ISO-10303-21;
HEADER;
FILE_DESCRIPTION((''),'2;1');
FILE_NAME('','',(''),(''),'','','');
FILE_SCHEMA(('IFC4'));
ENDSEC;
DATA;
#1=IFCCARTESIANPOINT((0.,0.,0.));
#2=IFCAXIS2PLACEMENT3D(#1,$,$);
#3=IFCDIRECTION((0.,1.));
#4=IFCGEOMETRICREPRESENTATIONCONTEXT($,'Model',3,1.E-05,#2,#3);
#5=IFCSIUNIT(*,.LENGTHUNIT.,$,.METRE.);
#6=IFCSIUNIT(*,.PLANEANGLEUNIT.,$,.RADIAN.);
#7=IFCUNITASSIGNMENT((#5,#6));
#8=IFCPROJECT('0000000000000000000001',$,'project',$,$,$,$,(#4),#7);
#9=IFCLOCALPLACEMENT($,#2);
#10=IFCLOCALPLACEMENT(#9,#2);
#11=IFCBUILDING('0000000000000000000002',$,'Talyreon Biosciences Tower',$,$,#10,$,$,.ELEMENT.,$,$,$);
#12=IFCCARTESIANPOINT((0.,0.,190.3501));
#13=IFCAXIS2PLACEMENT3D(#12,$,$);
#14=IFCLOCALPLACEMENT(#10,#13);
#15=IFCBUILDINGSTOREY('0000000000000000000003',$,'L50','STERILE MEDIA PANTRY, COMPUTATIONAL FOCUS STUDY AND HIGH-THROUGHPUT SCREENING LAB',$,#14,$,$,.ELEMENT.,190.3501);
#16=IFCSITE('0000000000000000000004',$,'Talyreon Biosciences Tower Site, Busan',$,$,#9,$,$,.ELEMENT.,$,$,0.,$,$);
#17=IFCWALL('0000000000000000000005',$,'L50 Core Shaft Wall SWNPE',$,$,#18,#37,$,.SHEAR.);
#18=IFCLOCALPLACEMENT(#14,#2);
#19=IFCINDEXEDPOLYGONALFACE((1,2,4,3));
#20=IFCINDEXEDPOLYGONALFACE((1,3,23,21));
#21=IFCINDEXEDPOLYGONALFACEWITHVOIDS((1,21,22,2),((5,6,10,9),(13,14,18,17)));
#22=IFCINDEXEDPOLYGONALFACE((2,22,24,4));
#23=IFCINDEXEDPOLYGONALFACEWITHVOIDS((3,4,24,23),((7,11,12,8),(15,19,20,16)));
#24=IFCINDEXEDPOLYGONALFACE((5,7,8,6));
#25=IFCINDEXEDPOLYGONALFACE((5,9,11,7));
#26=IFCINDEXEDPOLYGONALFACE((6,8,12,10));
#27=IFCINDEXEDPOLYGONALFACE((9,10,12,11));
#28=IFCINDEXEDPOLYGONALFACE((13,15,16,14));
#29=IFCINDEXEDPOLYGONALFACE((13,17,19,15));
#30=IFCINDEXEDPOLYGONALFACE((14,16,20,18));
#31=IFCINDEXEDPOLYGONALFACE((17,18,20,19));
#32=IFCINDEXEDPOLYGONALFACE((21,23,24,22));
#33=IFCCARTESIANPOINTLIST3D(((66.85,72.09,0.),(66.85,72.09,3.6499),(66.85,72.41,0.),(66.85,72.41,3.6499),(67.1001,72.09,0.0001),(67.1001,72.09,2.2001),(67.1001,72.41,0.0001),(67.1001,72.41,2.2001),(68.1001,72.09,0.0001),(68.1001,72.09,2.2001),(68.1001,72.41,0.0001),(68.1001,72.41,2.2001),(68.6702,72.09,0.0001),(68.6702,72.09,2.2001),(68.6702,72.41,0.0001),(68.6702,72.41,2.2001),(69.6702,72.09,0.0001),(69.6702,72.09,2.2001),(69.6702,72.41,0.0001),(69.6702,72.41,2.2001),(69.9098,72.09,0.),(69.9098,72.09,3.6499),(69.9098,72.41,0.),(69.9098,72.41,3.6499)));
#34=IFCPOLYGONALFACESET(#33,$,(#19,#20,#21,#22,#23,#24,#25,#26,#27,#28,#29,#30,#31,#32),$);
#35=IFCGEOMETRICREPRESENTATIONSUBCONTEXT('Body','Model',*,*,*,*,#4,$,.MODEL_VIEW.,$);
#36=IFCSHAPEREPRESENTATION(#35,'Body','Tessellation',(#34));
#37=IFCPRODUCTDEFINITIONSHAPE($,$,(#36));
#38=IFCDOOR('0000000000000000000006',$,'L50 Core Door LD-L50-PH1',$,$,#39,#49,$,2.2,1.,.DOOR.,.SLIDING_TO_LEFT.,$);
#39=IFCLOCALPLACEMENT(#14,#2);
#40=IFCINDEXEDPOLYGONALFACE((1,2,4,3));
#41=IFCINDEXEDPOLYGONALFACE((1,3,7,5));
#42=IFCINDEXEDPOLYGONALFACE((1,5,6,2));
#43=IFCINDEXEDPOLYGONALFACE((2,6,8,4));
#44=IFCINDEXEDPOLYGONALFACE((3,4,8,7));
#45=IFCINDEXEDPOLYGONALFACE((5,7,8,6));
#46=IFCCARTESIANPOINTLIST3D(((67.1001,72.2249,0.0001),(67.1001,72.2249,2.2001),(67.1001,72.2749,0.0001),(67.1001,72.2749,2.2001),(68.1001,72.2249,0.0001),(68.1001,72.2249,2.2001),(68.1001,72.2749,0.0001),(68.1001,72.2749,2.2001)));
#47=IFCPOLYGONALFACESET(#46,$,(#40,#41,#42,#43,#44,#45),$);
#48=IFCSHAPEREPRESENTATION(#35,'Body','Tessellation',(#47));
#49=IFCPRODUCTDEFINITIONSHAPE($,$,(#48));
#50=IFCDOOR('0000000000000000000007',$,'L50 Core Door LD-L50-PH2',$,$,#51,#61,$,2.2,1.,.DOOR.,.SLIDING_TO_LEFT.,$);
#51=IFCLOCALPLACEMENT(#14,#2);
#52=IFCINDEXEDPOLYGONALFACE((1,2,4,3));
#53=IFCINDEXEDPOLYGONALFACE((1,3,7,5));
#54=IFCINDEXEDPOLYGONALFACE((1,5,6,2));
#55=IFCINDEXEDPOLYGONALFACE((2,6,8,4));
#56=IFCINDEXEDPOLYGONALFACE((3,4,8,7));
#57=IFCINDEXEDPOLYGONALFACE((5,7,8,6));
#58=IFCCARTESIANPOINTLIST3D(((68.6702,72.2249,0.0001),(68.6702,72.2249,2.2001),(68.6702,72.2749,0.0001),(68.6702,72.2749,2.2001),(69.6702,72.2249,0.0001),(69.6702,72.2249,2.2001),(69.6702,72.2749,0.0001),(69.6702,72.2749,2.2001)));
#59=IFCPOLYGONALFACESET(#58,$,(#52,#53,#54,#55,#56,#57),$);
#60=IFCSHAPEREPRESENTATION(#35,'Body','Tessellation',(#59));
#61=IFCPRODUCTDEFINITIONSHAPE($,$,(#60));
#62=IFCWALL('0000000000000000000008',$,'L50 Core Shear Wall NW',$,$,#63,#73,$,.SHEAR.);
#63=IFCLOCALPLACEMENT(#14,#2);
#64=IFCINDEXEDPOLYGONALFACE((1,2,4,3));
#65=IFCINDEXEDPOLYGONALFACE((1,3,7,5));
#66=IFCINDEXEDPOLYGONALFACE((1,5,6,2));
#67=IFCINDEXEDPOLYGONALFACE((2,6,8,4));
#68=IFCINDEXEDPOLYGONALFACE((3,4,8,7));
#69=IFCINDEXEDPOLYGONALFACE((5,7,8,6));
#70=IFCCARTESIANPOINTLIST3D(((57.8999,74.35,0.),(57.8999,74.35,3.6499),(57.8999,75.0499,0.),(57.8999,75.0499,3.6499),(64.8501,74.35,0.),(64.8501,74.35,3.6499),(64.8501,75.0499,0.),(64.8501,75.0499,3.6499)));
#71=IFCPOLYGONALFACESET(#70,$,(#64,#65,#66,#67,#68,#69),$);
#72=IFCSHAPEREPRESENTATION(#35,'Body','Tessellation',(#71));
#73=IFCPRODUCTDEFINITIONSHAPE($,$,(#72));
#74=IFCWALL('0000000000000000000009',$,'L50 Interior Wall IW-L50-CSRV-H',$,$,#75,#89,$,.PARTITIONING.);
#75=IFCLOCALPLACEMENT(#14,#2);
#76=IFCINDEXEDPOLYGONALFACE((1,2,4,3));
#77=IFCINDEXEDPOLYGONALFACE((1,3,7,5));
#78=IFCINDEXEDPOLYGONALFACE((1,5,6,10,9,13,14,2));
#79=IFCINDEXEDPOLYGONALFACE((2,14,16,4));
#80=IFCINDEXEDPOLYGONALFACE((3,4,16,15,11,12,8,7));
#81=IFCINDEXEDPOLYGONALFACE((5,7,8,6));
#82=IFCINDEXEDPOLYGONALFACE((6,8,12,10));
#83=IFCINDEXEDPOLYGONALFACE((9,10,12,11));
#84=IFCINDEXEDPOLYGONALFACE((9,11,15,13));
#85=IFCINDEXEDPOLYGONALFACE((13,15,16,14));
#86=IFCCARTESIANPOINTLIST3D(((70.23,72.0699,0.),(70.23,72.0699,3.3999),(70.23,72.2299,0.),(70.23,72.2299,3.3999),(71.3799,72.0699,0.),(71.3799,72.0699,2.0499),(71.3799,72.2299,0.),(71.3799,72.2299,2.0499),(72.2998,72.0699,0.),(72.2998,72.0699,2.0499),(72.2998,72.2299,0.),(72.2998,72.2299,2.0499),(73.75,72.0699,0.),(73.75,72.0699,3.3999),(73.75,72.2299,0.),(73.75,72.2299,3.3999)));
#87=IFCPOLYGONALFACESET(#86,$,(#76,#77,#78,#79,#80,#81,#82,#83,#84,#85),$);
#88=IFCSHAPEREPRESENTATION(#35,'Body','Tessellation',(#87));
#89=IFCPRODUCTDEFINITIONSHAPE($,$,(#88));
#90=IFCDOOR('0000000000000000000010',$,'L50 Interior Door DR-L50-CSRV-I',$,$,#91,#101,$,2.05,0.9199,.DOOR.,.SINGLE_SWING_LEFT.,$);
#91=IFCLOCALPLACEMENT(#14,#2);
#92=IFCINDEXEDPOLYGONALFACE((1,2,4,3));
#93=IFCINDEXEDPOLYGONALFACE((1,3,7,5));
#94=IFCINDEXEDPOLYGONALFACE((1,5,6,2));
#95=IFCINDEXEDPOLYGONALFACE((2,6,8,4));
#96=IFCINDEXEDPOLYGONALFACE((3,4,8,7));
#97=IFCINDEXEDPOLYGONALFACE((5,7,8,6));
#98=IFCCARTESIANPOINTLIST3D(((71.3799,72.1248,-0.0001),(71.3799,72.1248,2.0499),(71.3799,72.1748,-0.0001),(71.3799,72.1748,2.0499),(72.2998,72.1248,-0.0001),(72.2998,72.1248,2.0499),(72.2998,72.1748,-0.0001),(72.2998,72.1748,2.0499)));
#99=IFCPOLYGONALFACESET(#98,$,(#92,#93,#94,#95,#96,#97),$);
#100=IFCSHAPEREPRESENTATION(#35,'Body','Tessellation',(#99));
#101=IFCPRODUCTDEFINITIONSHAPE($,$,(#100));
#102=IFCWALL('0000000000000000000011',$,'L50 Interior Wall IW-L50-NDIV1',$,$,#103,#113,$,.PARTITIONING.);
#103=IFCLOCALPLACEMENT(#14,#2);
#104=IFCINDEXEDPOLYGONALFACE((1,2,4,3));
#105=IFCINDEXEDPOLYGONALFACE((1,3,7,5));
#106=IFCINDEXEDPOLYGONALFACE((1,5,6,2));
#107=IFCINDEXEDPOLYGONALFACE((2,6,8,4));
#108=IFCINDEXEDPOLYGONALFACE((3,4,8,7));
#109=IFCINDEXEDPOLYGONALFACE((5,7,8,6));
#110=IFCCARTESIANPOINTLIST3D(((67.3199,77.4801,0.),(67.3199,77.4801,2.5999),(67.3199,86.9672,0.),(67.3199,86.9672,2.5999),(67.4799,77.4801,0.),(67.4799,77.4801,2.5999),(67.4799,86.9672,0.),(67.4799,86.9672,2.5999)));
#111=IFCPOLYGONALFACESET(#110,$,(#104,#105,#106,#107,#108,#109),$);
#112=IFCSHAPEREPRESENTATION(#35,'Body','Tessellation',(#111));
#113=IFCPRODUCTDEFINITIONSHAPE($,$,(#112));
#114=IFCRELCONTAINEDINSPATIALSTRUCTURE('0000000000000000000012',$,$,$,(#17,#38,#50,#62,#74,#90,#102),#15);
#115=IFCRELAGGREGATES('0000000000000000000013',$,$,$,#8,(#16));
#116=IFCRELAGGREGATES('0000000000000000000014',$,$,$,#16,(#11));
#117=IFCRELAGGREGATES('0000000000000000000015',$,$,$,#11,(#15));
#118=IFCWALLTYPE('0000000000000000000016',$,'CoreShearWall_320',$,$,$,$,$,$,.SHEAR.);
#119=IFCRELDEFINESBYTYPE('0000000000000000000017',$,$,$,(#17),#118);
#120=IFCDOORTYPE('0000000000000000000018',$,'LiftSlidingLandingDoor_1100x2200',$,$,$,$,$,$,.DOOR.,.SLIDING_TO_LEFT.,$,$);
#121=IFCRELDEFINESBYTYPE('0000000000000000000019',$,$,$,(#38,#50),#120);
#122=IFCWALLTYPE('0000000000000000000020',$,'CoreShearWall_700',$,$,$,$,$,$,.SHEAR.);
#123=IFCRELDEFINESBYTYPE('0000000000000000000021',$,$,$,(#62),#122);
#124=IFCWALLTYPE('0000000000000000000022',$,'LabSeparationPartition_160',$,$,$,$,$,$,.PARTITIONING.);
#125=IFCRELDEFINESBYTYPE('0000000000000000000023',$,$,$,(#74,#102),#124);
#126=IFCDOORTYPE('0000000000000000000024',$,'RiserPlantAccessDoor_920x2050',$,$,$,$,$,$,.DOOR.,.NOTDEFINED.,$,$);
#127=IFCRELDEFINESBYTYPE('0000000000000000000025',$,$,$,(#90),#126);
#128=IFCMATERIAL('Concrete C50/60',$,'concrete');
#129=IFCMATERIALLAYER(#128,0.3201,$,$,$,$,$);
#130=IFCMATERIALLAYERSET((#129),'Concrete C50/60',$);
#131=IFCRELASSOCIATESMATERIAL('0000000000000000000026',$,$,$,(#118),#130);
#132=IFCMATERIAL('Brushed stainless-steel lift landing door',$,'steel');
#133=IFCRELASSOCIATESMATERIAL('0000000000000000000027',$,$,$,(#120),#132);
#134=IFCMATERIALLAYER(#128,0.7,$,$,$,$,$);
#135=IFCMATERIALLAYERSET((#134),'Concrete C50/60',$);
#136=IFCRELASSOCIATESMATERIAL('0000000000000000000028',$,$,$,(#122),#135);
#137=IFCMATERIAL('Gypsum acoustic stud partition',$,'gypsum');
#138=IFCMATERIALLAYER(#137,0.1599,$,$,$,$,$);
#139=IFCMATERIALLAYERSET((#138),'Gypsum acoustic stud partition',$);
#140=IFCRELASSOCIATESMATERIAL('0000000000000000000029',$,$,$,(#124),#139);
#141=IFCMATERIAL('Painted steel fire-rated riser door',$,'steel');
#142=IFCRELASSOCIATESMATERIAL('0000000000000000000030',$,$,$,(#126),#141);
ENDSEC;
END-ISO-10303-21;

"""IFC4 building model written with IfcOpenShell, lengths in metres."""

from ifc_helpers import new_model, si_unit, direction, frame, frame_2d, origin, place, context, subcontext, project, spatial, rectangle, extrude, material, layer, layer_set, type_object, element, fill, save


model = new_model("IFC4")

# Units and contexts
model_context = context("Model", 3, precision=1e-05, world=origin(), true_north=direction((0.0, 1.0)))
body_context = subcontext(model_context, "Body", "Model", "MODEL_VIEW")
ifc_project = project(units=[si_unit("LENGTHUNIT", "METRE"), si_unit("PLANEANGLEUNIT", "RADIAN")], contexts=[model_context])

# Site, building, storey
site_placement = place(None, origin())
site = spatial("IfcSite", under=ifc_project, at=site_placement, Name="Talyreon Biosciences Tower Site, Busan", CompositionType="ELEMENT", RefElevation=0.0)
building_placement = place(site_placement, origin())
building = spatial("IfcBuilding", under=site, at=building_placement, Name="Talyreon Biosciences Tower", CompositionType="ELEMENT")
storey_placement = place(building_placement, frame((0.0, 0.0, 190.3501)))
storey = spatial("IfcBuildingStorey", under=building, at=storey_placement, Name="L50", Description="STERILE MEDIA PANTRY, COMPUTATIONAL FOCUS STUDY AND HIGH-THROUGHPUT SCREENING LAB", CompositionType="ELEMENT", Elevation=190.3501)

# Shared definitions
ifc_material_1 = material(Name="Concrete C50/60", Category="concrete")

# Shared definitions
ifc_layer_1 = layer(ifc_material_1, 0.3201)
ifc_layer_set_1 = layer_set([ifc_layer_1], Name="Concrete C50/60")
wall_type_1 = type_object("IfcWallType", Name="CoreShearWall_320", PredefinedType="SHEAR", material=ifc_layer_set_1)

# Wall, openings, doors
wall_1_placement = place(storey_placement, frame((66.8501, 72.25, 0.0), z_axis=(0.0, 0.0, 1.0), x_axis=(1.0, 0.0, 0.0)))
wall_1 = element("IfcWall", 1, at=wall_1_placement, inside=storey, type_object=wall_type_1, Name="L50 Core Shaft Wall SWNPE", PredefinedType="SHEAR", context=body_context, shape_type="SweptSolid", body=[
    extrude(rectangle(XDim=3.0598, YDim=0.3201, at=frame_2d((1.5298, 0.0))), origin(), (0.0, 0.0, 1.0), 3.6499),
])
opening_1_placement = place(wall_1_placement, frame((0.25, 0.0, 0.0)))
opening_1 = element("IfcOpeningElement", 2, at=opening_1_placement, cuts=wall_1, PredefinedType="OPENING", context=body_context, shape_type="SweptSolid", body=[
    extrude(rectangle(XDim=1.0, YDim=2.2, at=frame_2d((0.5, 1.1001))), frame((0.0, 0.1699, 0.0), z_axis=(0.0, -1.0, 0.0), x_axis=(1.0, 0.0, 0.0)), (0.0, 0.0, 1.0), 0.3401),
])
opening_2_placement = place(wall_1_placement, frame((1.8201, 0.0, 0.0)))
opening_2 = element("IfcOpeningElement", 3, at=opening_2_placement, cuts=wall_1, PredefinedType="OPENING", context=body_context, shape_type="SweptSolid", body=[
    extrude(rectangle(XDim=1.0, YDim=2.2, at=frame_2d((0.5, 1.1001))), frame((0.0, 0.1699, 0.0), z_axis=(0.0, -1.0, 0.0), x_axis=(1.0, 0.0, 0.0)), (0.0, 0.0, 1.0), 0.3401),
])
ifc_material_2 = material(Name="Brushed stainless-steel lift landing door", Category="steel")
door_type_1 = type_object("IfcDoorType", Name="LiftSlidingLandingDoor_1100x2200", OperationType="SLIDING_TO_LEFT", PredefinedType="DOOR", material=ifc_material_2)
door_1_placement = place(opening_1_placement, origin())
door_1 = element("IfcDoor", 4, at=door_1_placement, inside=storey, type_object=door_type_1, Name="L50 Core Door LD-L50-PH1", OperationType="SLIDING_TO_LEFT", OverallHeight=2.2, OverallWidth=1.0, PredefinedType="DOOR", context=body_context, shape_type="SweptSolid", body=[
    extrude(rectangle(XDim=1.0, YDim=2.2, at=frame_2d((0.5, 1.1001))), frame((0.0, 0.0249, 0.0), z_axis=(0.0, -1.0, 0.0), x_axis=(1.0, 0.0, 0.0)), (0.0, 0.0, 1.0), 0.05),
])
fill(opening_1, door_1)
door_2_placement = place(opening_2_placement, origin())
door_2 = element("IfcDoor", 5, at=door_2_placement, inside=storey, type_object=door_type_1, Name="L50 Core Door LD-L50-PH2", OperationType="SLIDING_TO_LEFT", OverallHeight=2.2, OverallWidth=1.0, PredefinedType="DOOR", context=body_context, shape_type="SweptSolid", body=[
    extrude(rectangle(XDim=1.0, YDim=2.2, at=frame_2d((0.5, 1.1001))), frame((0.0, 0.0249, 0.0), z_axis=(0.0, -1.0, 0.0), x_axis=(1.0, 0.0, 0.0)), (0.0, 0.0, 1.0), 0.05),
])
fill(opening_2, door_2)

# Wall
ifc_layer_2 = layer(ifc_material_1, 0.7)
ifc_layer_set_2 = layer_set([ifc_layer_2], Name="Concrete C50/60")
wall_type_2 = type_object("IfcWallType", Name="CoreShearWall_700", PredefinedType="SHEAR", material=ifc_layer_set_2)
wall_2_placement = place(storey_placement, frame((64.8501, 74.7, 0.0), z_axis=(0.0, 0.0, 1.0), x_axis=(-1.0, 0.0, 0.0)))
element("IfcWall", 6, at=wall_2_placement, inside=storey, type_object=wall_type_2, Name="L50 Core Shear Wall NW", PredefinedType="SHEAR", context=body_context, shape_type="SweptSolid", body=[
    extrude(rectangle(XDim=6.9502, YDim=0.7, at=frame_2d((3.4751, 0.0))), origin(), (0.0, 0.0, 1.0), 3.6499),
])

# Wall, opening, door
ifc_material_3 = material(Name="Gypsum acoustic stud partition", Category="gypsum")
ifc_layer_3 = layer(ifc_material_3, 0.1599)
ifc_layer_set_3 = layer_set([ifc_layer_3], Name="Gypsum acoustic stud partition")
wall_type_3 = type_object("IfcWallType", Name="LabSeparationPartition_160", PredefinedType="PARTITIONING", material=ifc_layer_set_3)
wall_3_placement = place(storey_placement, frame((70.23, 72.1499, 0.0), z_axis=(0.0, 0.0, 1.0), x_axis=(1.0, 0.0, 0.0)))
wall_3 = element("IfcWall", 7, at=wall_3_placement, inside=storey, type_object=wall_type_3, Name="L50 Interior Wall IW-L50-CSRV-H", PredefinedType="PARTITIONING", context=body_context, shape_type="SweptSolid", body=[
    extrude(rectangle(XDim=3.52, YDim=0.1599, at=frame_2d((1.76, 0.0))), origin(), (0.0, 0.0, 1.0), 3.3999),
])
opening_3_placement = place(wall_3_placement, frame((1.1499, 0.0, 0.0)))
opening_3 = element("IfcOpeningElement", 8, at=opening_3_placement, cuts=wall_3, PredefinedType="OPENING", context=body_context, shape_type="SweptSolid", body=[
    extrude(rectangle(XDim=0.9199, YDim=2.05, at=frame_2d((0.46, 1.0249))), frame((0.0, 0.0898, 0.0), z_axis=(0.0, -1.0, 0.0), x_axis=(1.0, 0.0, 0.0)), (0.0, 0.0, 1.0), 0.1799),
])
ifc_material_4 = material(Name="Painted steel fire-rated riser door", Category="steel")
door_type_2 = type_object("IfcDoorType", Name="RiserPlantAccessDoor_920x2050", OperationType="NOTDEFINED", PredefinedType="DOOR", material=ifc_material_4)
door_3_placement = place(opening_3_placement, origin())
door_3 = element("IfcDoor", 9, at=door_3_placement, inside=storey, type_object=door_type_2, Name="L50 Interior Door DR-L50-CSRV-I", OperationType="SINGLE_SWING_LEFT", OverallHeight=2.05, OverallWidth=0.9199, PredefinedType="DOOR", context=body_context, shape_type="SweptSolid", body=[
    extrude(rectangle(XDim=0.9199, YDim=2.05, at=frame_2d((0.46, 1.0249))), frame((0.0, 0.0249, 0.0), z_axis=(0.0, -1.0, 0.0), x_axis=(1.0, 0.0, 0.0)), (0.0, 0.0, 1.0), 0.05),
])
fill(opening_3, door_3)

# Wall
wall_4_placement = place(storey_placement, frame((67.3999, 77.48, 0.0), z_axis=(0.0, 0.0, 1.0), x_axis=(0.0, 1.0, 0.0)))
element("IfcWall", 10, at=wall_4_placement, inside=storey, type_object=wall_type_3, Name="L50 Interior Wall IW-L50-NDIV1", PredefinedType="PARTITIONING", context=body_context, shape_type="SweptSolid", body=[
    extrude(rectangle(XDim=9.4871, YDim=0.1599, at=frame_2d((4.7437, 0.0))), origin(), (0.0, 0.0, 1.0), 2.5999),
])

save(model, "model.ifc")
